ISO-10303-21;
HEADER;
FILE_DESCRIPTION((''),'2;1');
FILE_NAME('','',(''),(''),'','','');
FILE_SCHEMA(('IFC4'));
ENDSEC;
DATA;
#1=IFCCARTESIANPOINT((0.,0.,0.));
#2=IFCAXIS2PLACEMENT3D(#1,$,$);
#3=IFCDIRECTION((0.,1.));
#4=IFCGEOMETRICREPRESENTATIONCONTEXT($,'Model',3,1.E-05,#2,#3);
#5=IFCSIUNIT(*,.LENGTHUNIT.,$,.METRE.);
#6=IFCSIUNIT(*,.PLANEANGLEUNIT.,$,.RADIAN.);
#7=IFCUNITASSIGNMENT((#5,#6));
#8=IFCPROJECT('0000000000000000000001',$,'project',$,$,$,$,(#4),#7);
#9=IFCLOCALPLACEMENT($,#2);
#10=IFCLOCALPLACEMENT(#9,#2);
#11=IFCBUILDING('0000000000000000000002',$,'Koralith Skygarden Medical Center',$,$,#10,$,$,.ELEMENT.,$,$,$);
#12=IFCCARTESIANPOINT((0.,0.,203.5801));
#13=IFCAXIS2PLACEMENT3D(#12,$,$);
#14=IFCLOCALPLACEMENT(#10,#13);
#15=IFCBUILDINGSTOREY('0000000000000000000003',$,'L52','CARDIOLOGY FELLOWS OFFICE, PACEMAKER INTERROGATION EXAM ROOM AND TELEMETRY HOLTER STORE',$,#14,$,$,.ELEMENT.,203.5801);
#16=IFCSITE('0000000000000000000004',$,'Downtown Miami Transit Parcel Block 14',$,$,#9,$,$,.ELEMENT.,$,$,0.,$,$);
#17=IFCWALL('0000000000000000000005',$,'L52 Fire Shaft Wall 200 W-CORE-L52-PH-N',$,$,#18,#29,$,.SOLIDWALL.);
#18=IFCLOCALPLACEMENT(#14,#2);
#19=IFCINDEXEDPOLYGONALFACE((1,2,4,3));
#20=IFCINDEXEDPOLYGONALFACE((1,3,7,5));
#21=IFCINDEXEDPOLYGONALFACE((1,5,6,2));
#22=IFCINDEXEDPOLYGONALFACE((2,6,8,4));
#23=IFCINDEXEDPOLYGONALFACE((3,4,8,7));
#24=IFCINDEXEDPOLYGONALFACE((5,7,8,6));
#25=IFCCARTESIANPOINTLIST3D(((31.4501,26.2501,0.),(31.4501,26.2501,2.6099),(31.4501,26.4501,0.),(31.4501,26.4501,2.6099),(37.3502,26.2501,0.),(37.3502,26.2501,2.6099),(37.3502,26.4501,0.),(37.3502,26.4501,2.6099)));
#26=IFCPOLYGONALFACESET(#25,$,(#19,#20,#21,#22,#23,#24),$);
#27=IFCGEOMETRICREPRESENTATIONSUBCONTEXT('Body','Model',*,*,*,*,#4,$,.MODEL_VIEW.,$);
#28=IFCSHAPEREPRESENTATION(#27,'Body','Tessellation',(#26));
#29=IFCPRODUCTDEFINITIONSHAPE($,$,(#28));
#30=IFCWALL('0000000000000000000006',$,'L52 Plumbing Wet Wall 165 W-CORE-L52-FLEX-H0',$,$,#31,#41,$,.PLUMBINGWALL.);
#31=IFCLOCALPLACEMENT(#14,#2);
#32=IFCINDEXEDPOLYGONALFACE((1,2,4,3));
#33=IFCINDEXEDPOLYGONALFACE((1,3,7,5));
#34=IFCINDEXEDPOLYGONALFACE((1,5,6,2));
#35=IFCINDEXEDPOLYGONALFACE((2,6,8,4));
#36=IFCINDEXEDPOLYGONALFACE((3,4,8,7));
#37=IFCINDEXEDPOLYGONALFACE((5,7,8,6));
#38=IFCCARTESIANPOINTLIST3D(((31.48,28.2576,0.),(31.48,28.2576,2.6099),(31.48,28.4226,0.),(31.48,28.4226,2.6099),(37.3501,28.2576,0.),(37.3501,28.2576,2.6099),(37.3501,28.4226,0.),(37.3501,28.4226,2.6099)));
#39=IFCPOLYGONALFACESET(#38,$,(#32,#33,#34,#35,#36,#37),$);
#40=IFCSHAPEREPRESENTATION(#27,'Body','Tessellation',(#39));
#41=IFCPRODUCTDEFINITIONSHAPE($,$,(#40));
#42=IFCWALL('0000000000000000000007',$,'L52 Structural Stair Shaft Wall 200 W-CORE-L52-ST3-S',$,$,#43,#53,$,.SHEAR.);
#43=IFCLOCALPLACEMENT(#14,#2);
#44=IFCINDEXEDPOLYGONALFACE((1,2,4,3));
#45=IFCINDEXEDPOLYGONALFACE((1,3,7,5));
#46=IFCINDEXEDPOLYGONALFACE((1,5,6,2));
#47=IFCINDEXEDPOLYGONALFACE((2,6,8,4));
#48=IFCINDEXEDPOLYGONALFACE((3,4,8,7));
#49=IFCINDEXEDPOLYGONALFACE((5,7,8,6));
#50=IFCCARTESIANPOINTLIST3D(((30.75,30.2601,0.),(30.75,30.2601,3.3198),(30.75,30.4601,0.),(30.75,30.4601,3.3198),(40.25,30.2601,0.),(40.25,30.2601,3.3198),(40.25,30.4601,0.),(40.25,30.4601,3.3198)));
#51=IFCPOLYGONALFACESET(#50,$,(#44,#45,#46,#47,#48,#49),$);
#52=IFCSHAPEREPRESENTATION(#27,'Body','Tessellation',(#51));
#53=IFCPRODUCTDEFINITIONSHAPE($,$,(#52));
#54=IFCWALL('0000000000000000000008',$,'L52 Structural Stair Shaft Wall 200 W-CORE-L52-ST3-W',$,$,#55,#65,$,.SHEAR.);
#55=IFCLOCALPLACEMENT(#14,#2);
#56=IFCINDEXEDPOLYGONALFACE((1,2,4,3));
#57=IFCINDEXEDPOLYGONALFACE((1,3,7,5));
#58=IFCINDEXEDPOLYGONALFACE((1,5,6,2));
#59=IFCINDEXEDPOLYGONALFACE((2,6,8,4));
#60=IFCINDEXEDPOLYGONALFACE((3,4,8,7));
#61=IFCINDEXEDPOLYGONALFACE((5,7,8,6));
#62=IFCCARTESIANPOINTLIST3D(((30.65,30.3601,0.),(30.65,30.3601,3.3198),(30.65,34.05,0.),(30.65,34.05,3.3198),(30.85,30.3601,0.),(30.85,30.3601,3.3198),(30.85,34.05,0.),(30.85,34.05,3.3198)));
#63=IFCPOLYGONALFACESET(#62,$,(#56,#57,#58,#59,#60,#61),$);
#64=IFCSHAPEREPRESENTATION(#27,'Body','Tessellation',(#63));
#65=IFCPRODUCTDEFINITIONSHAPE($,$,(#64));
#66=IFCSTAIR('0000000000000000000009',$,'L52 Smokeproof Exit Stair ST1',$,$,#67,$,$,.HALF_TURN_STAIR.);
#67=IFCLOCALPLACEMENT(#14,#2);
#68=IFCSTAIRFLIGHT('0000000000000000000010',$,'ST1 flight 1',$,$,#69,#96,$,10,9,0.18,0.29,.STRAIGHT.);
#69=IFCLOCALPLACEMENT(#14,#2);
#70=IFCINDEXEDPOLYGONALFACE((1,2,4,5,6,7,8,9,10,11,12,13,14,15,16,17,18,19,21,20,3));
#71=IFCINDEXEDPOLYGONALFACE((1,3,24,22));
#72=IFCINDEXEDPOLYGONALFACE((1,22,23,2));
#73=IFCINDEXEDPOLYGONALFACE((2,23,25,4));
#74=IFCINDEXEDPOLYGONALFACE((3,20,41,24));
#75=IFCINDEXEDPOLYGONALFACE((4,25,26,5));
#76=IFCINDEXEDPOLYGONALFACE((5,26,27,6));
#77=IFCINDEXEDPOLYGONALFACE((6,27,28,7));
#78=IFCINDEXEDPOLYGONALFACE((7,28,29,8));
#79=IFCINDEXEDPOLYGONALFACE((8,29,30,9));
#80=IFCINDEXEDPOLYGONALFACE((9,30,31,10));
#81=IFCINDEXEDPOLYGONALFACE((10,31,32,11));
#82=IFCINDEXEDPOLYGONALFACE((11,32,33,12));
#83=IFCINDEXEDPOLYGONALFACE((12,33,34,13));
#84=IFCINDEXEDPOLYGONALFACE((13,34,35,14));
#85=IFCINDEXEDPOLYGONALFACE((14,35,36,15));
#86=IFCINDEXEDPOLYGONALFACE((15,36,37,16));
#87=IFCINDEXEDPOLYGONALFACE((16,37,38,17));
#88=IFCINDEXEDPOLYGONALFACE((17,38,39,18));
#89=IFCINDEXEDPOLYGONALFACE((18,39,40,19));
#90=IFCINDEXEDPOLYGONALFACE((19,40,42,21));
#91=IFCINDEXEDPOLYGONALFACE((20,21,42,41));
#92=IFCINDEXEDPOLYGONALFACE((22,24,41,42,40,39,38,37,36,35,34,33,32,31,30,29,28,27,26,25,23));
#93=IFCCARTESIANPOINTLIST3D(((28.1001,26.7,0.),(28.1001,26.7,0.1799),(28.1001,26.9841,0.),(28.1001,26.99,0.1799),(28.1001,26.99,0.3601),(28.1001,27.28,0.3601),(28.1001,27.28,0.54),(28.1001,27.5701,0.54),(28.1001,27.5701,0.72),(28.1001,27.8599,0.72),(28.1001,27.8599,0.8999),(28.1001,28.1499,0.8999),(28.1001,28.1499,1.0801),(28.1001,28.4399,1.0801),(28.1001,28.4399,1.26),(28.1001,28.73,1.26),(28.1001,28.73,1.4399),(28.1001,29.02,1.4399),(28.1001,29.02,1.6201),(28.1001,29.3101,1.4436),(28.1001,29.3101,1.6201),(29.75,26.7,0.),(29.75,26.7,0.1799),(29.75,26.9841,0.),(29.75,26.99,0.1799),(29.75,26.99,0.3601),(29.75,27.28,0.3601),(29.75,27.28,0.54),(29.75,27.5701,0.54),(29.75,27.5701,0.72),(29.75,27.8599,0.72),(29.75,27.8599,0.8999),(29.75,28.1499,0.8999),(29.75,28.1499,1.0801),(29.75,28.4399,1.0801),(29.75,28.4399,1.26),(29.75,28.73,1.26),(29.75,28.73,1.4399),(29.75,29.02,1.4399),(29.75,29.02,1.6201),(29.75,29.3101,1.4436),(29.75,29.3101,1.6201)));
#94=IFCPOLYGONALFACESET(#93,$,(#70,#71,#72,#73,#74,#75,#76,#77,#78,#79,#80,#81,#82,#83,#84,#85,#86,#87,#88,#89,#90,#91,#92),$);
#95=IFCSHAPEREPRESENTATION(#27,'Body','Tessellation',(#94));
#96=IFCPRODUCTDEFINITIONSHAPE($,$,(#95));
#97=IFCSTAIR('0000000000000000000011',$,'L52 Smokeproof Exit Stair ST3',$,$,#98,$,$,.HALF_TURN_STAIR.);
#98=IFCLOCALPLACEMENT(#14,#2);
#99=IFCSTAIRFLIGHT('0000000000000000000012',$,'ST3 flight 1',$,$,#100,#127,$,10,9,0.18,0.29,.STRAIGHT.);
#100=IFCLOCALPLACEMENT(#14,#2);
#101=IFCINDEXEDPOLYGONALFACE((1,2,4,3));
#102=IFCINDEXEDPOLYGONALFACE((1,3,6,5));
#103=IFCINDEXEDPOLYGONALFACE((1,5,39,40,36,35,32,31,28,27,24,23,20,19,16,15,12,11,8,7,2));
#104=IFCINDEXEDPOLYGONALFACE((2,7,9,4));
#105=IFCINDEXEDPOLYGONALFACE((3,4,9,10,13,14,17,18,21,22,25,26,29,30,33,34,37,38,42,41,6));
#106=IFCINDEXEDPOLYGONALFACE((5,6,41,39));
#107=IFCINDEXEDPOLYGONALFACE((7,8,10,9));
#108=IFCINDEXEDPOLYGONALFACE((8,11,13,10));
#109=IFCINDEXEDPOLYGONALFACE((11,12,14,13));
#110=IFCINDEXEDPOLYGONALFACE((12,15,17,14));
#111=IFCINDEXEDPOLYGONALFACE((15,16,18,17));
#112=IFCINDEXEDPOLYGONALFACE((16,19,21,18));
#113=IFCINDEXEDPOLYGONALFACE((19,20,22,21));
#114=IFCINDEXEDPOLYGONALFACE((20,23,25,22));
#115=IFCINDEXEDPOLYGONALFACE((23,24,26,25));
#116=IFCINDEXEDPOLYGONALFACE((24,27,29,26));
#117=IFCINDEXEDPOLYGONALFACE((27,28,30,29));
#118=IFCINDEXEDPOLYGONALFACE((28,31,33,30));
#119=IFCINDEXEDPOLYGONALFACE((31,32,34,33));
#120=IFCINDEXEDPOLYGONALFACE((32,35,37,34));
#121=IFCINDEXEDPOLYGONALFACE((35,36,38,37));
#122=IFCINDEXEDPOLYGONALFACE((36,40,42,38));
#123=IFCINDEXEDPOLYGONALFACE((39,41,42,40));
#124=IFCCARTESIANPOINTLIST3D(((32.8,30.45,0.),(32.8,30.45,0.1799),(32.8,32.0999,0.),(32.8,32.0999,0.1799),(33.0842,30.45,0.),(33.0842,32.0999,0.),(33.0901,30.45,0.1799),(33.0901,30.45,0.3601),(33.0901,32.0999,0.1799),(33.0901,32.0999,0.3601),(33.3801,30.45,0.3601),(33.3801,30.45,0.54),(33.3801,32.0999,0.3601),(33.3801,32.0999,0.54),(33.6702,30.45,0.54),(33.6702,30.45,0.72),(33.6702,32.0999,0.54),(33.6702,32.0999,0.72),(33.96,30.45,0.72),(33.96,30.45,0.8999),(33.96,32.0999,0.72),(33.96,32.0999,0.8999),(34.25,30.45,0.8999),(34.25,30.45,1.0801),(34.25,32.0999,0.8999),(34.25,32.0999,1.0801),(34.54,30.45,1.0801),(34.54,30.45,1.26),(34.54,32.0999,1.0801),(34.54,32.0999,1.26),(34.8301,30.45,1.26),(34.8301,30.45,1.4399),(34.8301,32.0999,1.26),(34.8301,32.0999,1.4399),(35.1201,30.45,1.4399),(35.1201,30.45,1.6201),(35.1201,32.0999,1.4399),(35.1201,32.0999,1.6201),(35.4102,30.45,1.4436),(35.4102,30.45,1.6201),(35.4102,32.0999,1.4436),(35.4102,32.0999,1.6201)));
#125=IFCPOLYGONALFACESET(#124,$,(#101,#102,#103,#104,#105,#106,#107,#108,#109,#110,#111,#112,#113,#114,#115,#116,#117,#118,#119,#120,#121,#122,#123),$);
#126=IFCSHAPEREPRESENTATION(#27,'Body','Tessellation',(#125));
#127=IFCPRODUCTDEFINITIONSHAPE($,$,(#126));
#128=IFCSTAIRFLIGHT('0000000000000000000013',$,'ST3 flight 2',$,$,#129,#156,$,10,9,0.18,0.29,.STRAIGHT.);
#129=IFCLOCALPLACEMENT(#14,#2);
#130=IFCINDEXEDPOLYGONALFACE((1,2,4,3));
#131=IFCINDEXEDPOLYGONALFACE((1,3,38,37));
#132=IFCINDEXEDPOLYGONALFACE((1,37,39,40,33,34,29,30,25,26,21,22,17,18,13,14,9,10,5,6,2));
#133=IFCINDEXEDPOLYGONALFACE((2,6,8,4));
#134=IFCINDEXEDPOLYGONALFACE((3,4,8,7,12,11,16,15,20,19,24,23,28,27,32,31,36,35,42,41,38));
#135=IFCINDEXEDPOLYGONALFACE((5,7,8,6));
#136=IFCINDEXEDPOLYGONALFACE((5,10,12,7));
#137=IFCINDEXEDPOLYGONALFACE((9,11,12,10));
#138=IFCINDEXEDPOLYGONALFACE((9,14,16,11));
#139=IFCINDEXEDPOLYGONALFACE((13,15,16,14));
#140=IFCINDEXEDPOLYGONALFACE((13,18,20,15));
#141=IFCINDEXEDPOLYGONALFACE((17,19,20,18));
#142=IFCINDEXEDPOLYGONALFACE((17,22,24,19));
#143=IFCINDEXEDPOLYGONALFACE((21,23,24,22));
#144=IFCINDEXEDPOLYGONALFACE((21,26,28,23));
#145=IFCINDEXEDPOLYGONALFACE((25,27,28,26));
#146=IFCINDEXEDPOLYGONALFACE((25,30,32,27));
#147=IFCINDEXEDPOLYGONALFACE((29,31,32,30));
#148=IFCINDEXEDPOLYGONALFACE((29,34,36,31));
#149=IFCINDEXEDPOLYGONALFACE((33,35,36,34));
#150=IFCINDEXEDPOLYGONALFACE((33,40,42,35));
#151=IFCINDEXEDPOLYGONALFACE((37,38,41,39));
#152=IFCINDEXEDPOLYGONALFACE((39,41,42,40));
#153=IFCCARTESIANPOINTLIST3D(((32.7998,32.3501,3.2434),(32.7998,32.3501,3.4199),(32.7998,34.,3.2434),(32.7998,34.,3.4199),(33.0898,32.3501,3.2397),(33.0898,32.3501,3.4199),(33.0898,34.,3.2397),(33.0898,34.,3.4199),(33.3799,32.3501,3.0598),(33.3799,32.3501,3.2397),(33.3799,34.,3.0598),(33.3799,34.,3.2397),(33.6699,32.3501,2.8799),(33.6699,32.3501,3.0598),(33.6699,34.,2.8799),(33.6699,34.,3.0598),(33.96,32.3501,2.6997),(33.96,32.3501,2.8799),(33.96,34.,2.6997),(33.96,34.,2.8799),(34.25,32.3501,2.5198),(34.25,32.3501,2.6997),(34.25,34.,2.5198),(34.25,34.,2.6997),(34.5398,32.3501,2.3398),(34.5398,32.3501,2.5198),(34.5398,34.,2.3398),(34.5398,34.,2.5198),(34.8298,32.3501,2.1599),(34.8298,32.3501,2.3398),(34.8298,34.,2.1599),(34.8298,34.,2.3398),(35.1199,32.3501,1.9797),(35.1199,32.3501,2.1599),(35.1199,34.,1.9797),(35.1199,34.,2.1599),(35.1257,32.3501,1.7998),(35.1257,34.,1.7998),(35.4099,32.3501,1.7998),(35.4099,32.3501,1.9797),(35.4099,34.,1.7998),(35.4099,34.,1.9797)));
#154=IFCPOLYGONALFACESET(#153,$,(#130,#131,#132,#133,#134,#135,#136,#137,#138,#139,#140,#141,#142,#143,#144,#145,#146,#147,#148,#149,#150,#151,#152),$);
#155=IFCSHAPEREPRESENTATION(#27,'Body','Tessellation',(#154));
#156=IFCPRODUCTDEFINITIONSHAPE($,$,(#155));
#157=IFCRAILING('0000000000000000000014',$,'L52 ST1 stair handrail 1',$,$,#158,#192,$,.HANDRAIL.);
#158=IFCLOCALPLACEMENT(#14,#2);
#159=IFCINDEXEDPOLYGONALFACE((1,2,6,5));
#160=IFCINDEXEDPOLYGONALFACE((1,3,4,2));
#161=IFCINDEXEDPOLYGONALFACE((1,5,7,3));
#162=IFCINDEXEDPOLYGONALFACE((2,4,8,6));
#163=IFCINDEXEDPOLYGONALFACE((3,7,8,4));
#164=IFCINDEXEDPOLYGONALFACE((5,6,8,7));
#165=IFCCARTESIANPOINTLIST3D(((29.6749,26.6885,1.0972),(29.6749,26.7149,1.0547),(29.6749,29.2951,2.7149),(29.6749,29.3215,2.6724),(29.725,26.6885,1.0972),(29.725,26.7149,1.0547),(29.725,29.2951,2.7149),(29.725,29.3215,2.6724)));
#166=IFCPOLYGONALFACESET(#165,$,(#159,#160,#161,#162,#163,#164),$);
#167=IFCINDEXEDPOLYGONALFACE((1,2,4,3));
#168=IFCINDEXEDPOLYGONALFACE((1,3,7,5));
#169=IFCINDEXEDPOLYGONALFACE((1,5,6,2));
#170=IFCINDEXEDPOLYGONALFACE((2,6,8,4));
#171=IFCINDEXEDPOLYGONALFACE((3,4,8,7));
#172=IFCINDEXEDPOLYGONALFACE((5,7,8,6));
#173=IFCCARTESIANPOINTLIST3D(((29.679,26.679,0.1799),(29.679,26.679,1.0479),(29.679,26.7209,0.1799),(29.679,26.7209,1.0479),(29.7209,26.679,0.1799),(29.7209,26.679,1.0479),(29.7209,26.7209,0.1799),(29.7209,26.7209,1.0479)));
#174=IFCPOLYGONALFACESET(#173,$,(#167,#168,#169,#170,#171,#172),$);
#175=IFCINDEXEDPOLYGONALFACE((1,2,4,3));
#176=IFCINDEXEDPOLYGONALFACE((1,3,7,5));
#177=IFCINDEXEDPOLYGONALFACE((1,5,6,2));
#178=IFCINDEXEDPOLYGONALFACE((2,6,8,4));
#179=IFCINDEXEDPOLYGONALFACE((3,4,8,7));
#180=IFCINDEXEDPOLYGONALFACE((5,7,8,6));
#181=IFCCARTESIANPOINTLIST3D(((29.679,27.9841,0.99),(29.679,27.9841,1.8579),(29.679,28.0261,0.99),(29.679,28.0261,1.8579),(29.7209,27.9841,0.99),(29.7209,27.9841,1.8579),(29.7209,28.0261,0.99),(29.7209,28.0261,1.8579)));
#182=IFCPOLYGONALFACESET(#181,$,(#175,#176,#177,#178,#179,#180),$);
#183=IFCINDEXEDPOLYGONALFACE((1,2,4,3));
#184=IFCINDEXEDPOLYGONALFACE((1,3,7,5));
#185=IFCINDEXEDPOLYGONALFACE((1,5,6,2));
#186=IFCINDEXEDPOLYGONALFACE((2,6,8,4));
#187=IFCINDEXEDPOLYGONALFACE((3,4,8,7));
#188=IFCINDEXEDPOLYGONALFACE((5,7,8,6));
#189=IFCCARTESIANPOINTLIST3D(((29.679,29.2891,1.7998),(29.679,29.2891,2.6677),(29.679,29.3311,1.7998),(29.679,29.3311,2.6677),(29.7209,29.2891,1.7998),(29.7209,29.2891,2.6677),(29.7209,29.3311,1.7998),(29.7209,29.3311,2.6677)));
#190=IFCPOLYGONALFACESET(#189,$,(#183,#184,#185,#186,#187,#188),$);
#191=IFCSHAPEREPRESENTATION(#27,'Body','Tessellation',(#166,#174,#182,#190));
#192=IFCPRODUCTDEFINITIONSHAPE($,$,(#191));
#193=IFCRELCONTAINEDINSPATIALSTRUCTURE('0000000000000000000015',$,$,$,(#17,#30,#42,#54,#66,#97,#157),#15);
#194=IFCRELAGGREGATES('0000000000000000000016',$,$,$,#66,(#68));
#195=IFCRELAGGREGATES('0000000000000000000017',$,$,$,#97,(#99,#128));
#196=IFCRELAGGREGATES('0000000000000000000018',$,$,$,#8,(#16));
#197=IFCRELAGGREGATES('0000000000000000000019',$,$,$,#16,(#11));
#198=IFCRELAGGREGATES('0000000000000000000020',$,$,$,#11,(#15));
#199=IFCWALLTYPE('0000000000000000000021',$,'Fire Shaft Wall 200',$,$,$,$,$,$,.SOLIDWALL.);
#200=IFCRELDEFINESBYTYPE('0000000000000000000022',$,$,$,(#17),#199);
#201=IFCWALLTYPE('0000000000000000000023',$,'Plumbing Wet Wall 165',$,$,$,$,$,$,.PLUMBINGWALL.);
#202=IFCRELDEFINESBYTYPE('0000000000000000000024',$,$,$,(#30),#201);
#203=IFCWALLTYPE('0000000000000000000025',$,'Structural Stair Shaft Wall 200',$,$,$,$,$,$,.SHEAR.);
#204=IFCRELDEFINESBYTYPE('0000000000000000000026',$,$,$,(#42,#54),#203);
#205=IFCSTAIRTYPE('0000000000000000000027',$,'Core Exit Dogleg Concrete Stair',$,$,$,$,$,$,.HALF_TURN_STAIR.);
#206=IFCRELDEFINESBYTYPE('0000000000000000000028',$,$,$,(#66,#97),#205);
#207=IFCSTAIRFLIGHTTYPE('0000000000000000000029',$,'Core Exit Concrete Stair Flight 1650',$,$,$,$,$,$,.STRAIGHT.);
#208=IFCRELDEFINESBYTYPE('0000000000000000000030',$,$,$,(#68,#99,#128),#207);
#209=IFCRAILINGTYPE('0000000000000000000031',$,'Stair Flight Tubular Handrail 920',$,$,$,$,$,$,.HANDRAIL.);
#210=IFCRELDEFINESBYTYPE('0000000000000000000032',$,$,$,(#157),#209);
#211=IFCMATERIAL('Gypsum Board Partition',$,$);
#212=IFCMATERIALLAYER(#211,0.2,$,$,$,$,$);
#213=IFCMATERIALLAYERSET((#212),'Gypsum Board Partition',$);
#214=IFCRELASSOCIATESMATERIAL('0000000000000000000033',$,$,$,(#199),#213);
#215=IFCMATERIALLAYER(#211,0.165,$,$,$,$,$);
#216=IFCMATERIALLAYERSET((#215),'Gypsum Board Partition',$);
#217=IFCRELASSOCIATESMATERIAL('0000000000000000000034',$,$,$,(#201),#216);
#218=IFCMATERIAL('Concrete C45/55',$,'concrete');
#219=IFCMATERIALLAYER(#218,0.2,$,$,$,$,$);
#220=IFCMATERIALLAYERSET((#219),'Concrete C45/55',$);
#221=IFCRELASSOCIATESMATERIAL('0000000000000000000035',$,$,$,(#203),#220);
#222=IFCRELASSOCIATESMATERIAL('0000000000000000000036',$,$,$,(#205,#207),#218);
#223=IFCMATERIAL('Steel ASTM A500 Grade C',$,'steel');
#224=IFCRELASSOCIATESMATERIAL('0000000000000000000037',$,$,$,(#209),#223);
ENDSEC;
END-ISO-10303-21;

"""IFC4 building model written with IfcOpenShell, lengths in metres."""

from ifc_helpers import new_model, si_unit, direction, frame, frame_2d, origin, origin_2d, place, context, subcontext, project, spatial, polyline, rectangle, outline, extrude, material, layer, layer_set, type_object, element, aggregate, save


model = new_model("IFC4")

# Units and contexts
model_context = context("Model", 3, precision=1e-05, world=origin(), true_north=direction((0.0, 1.0)))
body_context = subcontext(model_context, "Body", "Model", "MODEL_VIEW")
ifc_project = project(units=[si_unit("LENGTHUNIT", "METRE"), si_unit("PLANEANGLEUNIT", "RADIAN")], contexts=[model_context])

# Site, building, storey
site_placement = place(None, origin())
site = spatial("IfcSite", under=ifc_project, at=site_placement, Name="Downtown Miami Transit Parcel Block 14", CompositionType="ELEMENT", RefElevation=0.0)
building_placement = place(site_placement, origin())
building = spatial("IfcBuilding", under=site, at=building_placement, Name="Koralith Skygarden Medical Center", CompositionType="ELEMENT")
storey_placement = place(building_placement, frame((0.0, 0.0, 203.5801)))
storey = spatial("IfcBuildingStorey", under=building, at=storey_placement, Name="L52", Description="CARDIOLOGY FELLOWS OFFICE, PACEMAKER INTERROGATION EXAM ROOM AND TELEMETRY HOLTER STORE", CompositionType="ELEMENT", Elevation=203.5801)

# Wall
ifc_material_1 = material(Name="Gypsum Board Partition")
ifc_layer_1 = layer(ifc_material_1, 0.2)
ifc_layer_set_1 = layer_set([ifc_layer_1], Name="Gypsum Board Partition")
wall_type_1 = type_object("IfcWallType", Name="Fire Shaft Wall 200", PredefinedType="SOLIDWALL", material=ifc_layer_set_1)
wall_1_placement = place(storey_placement, frame((31.45, 26.3501, 0.0), z_axis=(0.0, 0.0, 1.0), x_axis=(1.0, 0.0, 0.0)))
element("IfcWall", 1, at=wall_1_placement, inside=storey, type_object=wall_type_1, Name="L52 Fire Shaft Wall 200 W-CORE-L52-PH-N", PredefinedType="SOLIDWALL", context=body_context, shape_type="SweptSolid", body=[
    extrude(rectangle(XDim=5.9001, YDim=0.2, at=frame_2d((2.9502, 0.0))), origin(), (0.0, 0.0, 1.0), 2.6099),
])

# Shared definitions
ifc_layer_2 = layer(ifc_material_1, 0.165)
ifc_layer_set_2 = layer_set([ifc_layer_2], Name="Gypsum Board Partition")
wall_type_2 = type_object("IfcWallType", Name="Plumbing Wet Wall 165", PredefinedType="PLUMBINGWALL", material=ifc_layer_set_2)

# Walls
wall_2_placement = place(storey_placement, frame((31.48, 28.3401, 0.0), z_axis=(0.0, 0.0, 1.0), x_axis=(1.0, 0.0, 0.0)))
element("IfcWall", 2, at=wall_2_placement, inside=storey, type_object=wall_type_2, Name="L52 Plumbing Wet Wall 165 W-CORE-L52-FLEX-H0", PredefinedType="PLUMBINGWALL", context=body_context, shape_type="SweptSolid", body=[
    extrude(rectangle(XDim=5.8701, YDim=0.165, at=frame_2d((2.9351, 0.0))), origin(), (0.0, 0.0, 1.0), 2.6099),
])
ifc_material_2 = material(Name="Concrete C45/55", Category="concrete")
ifc_layer_3 = layer(ifc_material_2, 0.2)
ifc_layer_set_3 = layer_set([ifc_layer_3], Name="Concrete C45/55")
wall_type_3 = type_object("IfcWallType", Name="Structural Stair Shaft Wall 200", PredefinedType="SHEAR", material=ifc_layer_set_3)
wall_3_placement = place(storey_placement, frame((30.75, 30.3601, 0.0), z_axis=(0.0, 0.0, 1.0), x_axis=(1.0, 0.0, 0.0)))
element("IfcWall", 3, at=wall_3_placement, inside=storey, type_object=wall_type_3, Name="L52 Structural Stair Shaft Wall 200 W-CORE-L52-ST3-S", PredefinedType="SHEAR", context=body_context, shape_type="SweptSolid", body=[
    extrude(rectangle(XDim=9.5, YDim=0.2, at=frame_2d((4.75, 0.0))), origin(), (0.0, 0.0, 1.0), 3.3198),
])
wall_4_placement = place(storey_placement, frame((30.75, 30.3601, 0.0), z_axis=(0.0, 0.0, 1.0), x_axis=(0.0, 1.0, 0.0)))
element("IfcWall", 4, at=wall_4_placement, inside=storey, type_object=wall_type_3, Name="L52 Structural Stair Shaft Wall 200 W-CORE-L52-ST3-W", PredefinedType="SHEAR", context=body_context, shape_type="SweptSolid", body=[
    extrude(rectangle(XDim=3.6899, YDim=0.2, at=frame_2d((1.845, 0.0))), origin(), (0.0, 0.0, 1.0), 3.3198),
])

# Stair, stair flight
stair_type = type_object("IfcStairType", Name="Core Exit Dogleg Concrete Stair", PredefinedType="HALF_TURN_STAIR", material=ifc_material_2)
stair_1_placement = place(storey_placement, origin())
stair_1 = element("IfcStair", 5, at=stair_1_placement, inside=storey, type_object=stair_type, Name="L52 Smokeproof Exit Stair ST1", PredefinedType="HALF_TURN_STAIR")
stair_flight_type = type_object("IfcStairFlightType", Name="Core Exit Concrete Stair Flight 1650", PredefinedType="STRAIGHT", material=ifc_material_2)
stair_flight_1_placement = place(storey_placement, frame((28.925, 26.7, 0.0), z_axis=(0.0, 0.0, 1.0), x_axis=(0.0, 1.0, 0.0)))
stair_flight_1 = element("IfcStairFlight", 6, at=stair_flight_1_placement, type_object=stair_flight_type, Name="ST1 flight 1", NumberOfRisers=10, NumberOfTreads=9, PredefinedType="STRAIGHT", RiserHeight=0.18, TreadLength=0.29, context=body_context, shape_type="SweptSolid", body=[
    extrude(outline(polyline([(0.0, 0.0), (0.0, 0.1799), (0.29, 0.1799), (0.29, 0.3601), (0.5801, 0.3601), (0.5801, 0.54), (0.8701, 0.54), (0.8701, 0.72), (1.1599, 0.72), (1.1599, 0.8999), (1.45, 0.8999), (1.45, 1.0801), (1.74, 1.0801), (1.74, 1.26), (2.03, 1.26), (2.03, 1.4399), (2.3201, 1.4399), (2.3201, 1.6201), (2.6101, 1.6201), (2.6101, 1.8), (2.6101, 1.4436), (0.2842, 0.0), (0.0, 0.0)])), frame((0.0, 0.825, 0.0), z_axis=(0.0, -1.0, 0.0), x_axis=(1.0, 0.0, 0.0)), (0.0, 0.0, 1.0), 1.6499),
])
aggregate(stair_1, [stair_flight_1])

# Stair, stair flights
stair_2_placement = place(storey_placement, origin())
stair_2 = element("IfcStair", 7, at=stair_2_placement, inside=storey, type_object=stair_type, Name="L52 Smokeproof Exit Stair ST3", PredefinedType="HALF_TURN_STAIR")
stair_flight_2_placement = place(storey_placement, frame((32.8, 31.2749, 0.0), z_axis=(0.0, 0.0, 1.0), x_axis=(1.0, 0.0, 0.0)))
stair_flight_2 = element("IfcStairFlight", 8, at=stair_flight_2_placement, type_object=stair_flight_type, Name="ST3 flight 1", NumberOfRisers=10, NumberOfTreads=9, PredefinedType="STRAIGHT", RiserHeight=0.18, TreadLength=0.29, context=body_context, shape_type="SweptSolid", body=[
    extrude(outline(polyline([(0.0, 0.0), (0.0, 0.1799), (0.29, 0.1799), (0.29, 0.3601), (0.5801, 0.3601), (0.5801, 0.54), (0.8701, 0.54), (0.8701, 0.72), (1.1599, 0.72), (1.1599, 0.8999), (1.45, 0.8999), (1.45, 1.0801), (1.74, 1.0801), (1.74, 1.26), (2.03, 1.26), (2.03, 1.4399), (2.3201, 1.4399), (2.3201, 1.6201), (2.6101, 1.6201), (2.6101, 1.8), (2.6101, 1.4436), (0.2842, 0.0), (0.0, 0.0)])), frame((0.0, 0.825, 0.0), z_axis=(0.0, -1.0, 0.0), x_axis=(1.0, 0.0, 0.0)), (0.0, 0.0, 1.0), 1.6499),
])
stair_flight_3_placement = place(storey_placement, frame((35.4099, 33.175, 1.7998), z_axis=(0.0, 0.0, 1.0), x_axis=(-1.0, 0.0, 0.0)))
stair_flight_3 = element("IfcStairFlight", 9, at=stair_flight_3_placement, type_object=stair_flight_type, Name="ST3 flight 2", NumberOfRisers=10, NumberOfTreads=9, PredefinedType="STRAIGHT", RiserHeight=0.18, TreadLength=0.29, context=body_context, shape_type="SweptSolid", body=[
    extrude(outline(polyline([(0.0, 0.0), (0.0, 0.1799), (0.29, 0.1799), (0.29, 0.3601), (0.5801, 0.3601), (0.5801, 0.54), (0.8701, 0.54), (0.8701, 0.72), (1.1599, 0.72), (1.1599, 0.8999), (1.45, 0.8999), (1.45, 1.0801), (1.74, 1.0801), (1.74, 1.26), (2.03, 1.26), (2.03, 1.4399), (2.3201, 1.4399), (2.3201, 1.6201), (2.6101, 1.6201), (2.6101, 1.8), (2.6101, 1.4436), (0.2842, 0.0), (0.0, 0.0)])), frame((0.0, 0.825, 0.0), z_axis=(0.0, -1.0, 0.0), x_axis=(1.0, 0.0, 0.0)), (0.0, 0.0, 1.0), 1.6499),
])
aggregate(stair_2, [stair_flight_2, stair_flight_3])

# Railing
ifc_material_3 = material(Name="Steel ASTM A500 Grade C", Category="steel")
railing_type_1 = type_object("IfcRailingType", Name="Stair Flight Tubular Handrail 920", PredefinedType="HANDRAIL", material=ifc_material_3)
railing_1_placement = place(storey_placement, frame((29.7, 26.7, 0.1799)))
element("IfcRailing", 10, at=railing_1_placement, inside=storey, type_object=railing_type_1, Name="L52 ST1 stair handrail 1", PredefinedType="HANDRAIL", context=body_context, shape_type="SweptSolid", body=[
    extrude(rectangle(XDim=0.05, YDim=0.05, at=origin_2d()), frame((0.0, 0.0017, 0.896), z_axis=(0.0, 0.849668, 0.527317), x_axis=(-1.0, 0.0, 0.0)), (0.0, 0.0, 1.0), 3.0679),
    extrude(rectangle(XDim=0.042, YDim=0.042, at=origin_2d()), origin(), (0.0, 0.0, 1.0), 0.8679),
    extrude(rectangle(XDim=0.042, YDim=0.042, at=origin_2d()), frame((0.0, 1.3052, 0.8101)), (0.0, 0.0, 1.0), 0.8679),
    extrude(rectangle(XDim=0.042, YDim=0.042, at=origin_2d()), frame((0.0, 2.6101, 1.6199)), (0.0, 0.0, 1.0), 0.8679),
])

save(model, "model.ifc")
